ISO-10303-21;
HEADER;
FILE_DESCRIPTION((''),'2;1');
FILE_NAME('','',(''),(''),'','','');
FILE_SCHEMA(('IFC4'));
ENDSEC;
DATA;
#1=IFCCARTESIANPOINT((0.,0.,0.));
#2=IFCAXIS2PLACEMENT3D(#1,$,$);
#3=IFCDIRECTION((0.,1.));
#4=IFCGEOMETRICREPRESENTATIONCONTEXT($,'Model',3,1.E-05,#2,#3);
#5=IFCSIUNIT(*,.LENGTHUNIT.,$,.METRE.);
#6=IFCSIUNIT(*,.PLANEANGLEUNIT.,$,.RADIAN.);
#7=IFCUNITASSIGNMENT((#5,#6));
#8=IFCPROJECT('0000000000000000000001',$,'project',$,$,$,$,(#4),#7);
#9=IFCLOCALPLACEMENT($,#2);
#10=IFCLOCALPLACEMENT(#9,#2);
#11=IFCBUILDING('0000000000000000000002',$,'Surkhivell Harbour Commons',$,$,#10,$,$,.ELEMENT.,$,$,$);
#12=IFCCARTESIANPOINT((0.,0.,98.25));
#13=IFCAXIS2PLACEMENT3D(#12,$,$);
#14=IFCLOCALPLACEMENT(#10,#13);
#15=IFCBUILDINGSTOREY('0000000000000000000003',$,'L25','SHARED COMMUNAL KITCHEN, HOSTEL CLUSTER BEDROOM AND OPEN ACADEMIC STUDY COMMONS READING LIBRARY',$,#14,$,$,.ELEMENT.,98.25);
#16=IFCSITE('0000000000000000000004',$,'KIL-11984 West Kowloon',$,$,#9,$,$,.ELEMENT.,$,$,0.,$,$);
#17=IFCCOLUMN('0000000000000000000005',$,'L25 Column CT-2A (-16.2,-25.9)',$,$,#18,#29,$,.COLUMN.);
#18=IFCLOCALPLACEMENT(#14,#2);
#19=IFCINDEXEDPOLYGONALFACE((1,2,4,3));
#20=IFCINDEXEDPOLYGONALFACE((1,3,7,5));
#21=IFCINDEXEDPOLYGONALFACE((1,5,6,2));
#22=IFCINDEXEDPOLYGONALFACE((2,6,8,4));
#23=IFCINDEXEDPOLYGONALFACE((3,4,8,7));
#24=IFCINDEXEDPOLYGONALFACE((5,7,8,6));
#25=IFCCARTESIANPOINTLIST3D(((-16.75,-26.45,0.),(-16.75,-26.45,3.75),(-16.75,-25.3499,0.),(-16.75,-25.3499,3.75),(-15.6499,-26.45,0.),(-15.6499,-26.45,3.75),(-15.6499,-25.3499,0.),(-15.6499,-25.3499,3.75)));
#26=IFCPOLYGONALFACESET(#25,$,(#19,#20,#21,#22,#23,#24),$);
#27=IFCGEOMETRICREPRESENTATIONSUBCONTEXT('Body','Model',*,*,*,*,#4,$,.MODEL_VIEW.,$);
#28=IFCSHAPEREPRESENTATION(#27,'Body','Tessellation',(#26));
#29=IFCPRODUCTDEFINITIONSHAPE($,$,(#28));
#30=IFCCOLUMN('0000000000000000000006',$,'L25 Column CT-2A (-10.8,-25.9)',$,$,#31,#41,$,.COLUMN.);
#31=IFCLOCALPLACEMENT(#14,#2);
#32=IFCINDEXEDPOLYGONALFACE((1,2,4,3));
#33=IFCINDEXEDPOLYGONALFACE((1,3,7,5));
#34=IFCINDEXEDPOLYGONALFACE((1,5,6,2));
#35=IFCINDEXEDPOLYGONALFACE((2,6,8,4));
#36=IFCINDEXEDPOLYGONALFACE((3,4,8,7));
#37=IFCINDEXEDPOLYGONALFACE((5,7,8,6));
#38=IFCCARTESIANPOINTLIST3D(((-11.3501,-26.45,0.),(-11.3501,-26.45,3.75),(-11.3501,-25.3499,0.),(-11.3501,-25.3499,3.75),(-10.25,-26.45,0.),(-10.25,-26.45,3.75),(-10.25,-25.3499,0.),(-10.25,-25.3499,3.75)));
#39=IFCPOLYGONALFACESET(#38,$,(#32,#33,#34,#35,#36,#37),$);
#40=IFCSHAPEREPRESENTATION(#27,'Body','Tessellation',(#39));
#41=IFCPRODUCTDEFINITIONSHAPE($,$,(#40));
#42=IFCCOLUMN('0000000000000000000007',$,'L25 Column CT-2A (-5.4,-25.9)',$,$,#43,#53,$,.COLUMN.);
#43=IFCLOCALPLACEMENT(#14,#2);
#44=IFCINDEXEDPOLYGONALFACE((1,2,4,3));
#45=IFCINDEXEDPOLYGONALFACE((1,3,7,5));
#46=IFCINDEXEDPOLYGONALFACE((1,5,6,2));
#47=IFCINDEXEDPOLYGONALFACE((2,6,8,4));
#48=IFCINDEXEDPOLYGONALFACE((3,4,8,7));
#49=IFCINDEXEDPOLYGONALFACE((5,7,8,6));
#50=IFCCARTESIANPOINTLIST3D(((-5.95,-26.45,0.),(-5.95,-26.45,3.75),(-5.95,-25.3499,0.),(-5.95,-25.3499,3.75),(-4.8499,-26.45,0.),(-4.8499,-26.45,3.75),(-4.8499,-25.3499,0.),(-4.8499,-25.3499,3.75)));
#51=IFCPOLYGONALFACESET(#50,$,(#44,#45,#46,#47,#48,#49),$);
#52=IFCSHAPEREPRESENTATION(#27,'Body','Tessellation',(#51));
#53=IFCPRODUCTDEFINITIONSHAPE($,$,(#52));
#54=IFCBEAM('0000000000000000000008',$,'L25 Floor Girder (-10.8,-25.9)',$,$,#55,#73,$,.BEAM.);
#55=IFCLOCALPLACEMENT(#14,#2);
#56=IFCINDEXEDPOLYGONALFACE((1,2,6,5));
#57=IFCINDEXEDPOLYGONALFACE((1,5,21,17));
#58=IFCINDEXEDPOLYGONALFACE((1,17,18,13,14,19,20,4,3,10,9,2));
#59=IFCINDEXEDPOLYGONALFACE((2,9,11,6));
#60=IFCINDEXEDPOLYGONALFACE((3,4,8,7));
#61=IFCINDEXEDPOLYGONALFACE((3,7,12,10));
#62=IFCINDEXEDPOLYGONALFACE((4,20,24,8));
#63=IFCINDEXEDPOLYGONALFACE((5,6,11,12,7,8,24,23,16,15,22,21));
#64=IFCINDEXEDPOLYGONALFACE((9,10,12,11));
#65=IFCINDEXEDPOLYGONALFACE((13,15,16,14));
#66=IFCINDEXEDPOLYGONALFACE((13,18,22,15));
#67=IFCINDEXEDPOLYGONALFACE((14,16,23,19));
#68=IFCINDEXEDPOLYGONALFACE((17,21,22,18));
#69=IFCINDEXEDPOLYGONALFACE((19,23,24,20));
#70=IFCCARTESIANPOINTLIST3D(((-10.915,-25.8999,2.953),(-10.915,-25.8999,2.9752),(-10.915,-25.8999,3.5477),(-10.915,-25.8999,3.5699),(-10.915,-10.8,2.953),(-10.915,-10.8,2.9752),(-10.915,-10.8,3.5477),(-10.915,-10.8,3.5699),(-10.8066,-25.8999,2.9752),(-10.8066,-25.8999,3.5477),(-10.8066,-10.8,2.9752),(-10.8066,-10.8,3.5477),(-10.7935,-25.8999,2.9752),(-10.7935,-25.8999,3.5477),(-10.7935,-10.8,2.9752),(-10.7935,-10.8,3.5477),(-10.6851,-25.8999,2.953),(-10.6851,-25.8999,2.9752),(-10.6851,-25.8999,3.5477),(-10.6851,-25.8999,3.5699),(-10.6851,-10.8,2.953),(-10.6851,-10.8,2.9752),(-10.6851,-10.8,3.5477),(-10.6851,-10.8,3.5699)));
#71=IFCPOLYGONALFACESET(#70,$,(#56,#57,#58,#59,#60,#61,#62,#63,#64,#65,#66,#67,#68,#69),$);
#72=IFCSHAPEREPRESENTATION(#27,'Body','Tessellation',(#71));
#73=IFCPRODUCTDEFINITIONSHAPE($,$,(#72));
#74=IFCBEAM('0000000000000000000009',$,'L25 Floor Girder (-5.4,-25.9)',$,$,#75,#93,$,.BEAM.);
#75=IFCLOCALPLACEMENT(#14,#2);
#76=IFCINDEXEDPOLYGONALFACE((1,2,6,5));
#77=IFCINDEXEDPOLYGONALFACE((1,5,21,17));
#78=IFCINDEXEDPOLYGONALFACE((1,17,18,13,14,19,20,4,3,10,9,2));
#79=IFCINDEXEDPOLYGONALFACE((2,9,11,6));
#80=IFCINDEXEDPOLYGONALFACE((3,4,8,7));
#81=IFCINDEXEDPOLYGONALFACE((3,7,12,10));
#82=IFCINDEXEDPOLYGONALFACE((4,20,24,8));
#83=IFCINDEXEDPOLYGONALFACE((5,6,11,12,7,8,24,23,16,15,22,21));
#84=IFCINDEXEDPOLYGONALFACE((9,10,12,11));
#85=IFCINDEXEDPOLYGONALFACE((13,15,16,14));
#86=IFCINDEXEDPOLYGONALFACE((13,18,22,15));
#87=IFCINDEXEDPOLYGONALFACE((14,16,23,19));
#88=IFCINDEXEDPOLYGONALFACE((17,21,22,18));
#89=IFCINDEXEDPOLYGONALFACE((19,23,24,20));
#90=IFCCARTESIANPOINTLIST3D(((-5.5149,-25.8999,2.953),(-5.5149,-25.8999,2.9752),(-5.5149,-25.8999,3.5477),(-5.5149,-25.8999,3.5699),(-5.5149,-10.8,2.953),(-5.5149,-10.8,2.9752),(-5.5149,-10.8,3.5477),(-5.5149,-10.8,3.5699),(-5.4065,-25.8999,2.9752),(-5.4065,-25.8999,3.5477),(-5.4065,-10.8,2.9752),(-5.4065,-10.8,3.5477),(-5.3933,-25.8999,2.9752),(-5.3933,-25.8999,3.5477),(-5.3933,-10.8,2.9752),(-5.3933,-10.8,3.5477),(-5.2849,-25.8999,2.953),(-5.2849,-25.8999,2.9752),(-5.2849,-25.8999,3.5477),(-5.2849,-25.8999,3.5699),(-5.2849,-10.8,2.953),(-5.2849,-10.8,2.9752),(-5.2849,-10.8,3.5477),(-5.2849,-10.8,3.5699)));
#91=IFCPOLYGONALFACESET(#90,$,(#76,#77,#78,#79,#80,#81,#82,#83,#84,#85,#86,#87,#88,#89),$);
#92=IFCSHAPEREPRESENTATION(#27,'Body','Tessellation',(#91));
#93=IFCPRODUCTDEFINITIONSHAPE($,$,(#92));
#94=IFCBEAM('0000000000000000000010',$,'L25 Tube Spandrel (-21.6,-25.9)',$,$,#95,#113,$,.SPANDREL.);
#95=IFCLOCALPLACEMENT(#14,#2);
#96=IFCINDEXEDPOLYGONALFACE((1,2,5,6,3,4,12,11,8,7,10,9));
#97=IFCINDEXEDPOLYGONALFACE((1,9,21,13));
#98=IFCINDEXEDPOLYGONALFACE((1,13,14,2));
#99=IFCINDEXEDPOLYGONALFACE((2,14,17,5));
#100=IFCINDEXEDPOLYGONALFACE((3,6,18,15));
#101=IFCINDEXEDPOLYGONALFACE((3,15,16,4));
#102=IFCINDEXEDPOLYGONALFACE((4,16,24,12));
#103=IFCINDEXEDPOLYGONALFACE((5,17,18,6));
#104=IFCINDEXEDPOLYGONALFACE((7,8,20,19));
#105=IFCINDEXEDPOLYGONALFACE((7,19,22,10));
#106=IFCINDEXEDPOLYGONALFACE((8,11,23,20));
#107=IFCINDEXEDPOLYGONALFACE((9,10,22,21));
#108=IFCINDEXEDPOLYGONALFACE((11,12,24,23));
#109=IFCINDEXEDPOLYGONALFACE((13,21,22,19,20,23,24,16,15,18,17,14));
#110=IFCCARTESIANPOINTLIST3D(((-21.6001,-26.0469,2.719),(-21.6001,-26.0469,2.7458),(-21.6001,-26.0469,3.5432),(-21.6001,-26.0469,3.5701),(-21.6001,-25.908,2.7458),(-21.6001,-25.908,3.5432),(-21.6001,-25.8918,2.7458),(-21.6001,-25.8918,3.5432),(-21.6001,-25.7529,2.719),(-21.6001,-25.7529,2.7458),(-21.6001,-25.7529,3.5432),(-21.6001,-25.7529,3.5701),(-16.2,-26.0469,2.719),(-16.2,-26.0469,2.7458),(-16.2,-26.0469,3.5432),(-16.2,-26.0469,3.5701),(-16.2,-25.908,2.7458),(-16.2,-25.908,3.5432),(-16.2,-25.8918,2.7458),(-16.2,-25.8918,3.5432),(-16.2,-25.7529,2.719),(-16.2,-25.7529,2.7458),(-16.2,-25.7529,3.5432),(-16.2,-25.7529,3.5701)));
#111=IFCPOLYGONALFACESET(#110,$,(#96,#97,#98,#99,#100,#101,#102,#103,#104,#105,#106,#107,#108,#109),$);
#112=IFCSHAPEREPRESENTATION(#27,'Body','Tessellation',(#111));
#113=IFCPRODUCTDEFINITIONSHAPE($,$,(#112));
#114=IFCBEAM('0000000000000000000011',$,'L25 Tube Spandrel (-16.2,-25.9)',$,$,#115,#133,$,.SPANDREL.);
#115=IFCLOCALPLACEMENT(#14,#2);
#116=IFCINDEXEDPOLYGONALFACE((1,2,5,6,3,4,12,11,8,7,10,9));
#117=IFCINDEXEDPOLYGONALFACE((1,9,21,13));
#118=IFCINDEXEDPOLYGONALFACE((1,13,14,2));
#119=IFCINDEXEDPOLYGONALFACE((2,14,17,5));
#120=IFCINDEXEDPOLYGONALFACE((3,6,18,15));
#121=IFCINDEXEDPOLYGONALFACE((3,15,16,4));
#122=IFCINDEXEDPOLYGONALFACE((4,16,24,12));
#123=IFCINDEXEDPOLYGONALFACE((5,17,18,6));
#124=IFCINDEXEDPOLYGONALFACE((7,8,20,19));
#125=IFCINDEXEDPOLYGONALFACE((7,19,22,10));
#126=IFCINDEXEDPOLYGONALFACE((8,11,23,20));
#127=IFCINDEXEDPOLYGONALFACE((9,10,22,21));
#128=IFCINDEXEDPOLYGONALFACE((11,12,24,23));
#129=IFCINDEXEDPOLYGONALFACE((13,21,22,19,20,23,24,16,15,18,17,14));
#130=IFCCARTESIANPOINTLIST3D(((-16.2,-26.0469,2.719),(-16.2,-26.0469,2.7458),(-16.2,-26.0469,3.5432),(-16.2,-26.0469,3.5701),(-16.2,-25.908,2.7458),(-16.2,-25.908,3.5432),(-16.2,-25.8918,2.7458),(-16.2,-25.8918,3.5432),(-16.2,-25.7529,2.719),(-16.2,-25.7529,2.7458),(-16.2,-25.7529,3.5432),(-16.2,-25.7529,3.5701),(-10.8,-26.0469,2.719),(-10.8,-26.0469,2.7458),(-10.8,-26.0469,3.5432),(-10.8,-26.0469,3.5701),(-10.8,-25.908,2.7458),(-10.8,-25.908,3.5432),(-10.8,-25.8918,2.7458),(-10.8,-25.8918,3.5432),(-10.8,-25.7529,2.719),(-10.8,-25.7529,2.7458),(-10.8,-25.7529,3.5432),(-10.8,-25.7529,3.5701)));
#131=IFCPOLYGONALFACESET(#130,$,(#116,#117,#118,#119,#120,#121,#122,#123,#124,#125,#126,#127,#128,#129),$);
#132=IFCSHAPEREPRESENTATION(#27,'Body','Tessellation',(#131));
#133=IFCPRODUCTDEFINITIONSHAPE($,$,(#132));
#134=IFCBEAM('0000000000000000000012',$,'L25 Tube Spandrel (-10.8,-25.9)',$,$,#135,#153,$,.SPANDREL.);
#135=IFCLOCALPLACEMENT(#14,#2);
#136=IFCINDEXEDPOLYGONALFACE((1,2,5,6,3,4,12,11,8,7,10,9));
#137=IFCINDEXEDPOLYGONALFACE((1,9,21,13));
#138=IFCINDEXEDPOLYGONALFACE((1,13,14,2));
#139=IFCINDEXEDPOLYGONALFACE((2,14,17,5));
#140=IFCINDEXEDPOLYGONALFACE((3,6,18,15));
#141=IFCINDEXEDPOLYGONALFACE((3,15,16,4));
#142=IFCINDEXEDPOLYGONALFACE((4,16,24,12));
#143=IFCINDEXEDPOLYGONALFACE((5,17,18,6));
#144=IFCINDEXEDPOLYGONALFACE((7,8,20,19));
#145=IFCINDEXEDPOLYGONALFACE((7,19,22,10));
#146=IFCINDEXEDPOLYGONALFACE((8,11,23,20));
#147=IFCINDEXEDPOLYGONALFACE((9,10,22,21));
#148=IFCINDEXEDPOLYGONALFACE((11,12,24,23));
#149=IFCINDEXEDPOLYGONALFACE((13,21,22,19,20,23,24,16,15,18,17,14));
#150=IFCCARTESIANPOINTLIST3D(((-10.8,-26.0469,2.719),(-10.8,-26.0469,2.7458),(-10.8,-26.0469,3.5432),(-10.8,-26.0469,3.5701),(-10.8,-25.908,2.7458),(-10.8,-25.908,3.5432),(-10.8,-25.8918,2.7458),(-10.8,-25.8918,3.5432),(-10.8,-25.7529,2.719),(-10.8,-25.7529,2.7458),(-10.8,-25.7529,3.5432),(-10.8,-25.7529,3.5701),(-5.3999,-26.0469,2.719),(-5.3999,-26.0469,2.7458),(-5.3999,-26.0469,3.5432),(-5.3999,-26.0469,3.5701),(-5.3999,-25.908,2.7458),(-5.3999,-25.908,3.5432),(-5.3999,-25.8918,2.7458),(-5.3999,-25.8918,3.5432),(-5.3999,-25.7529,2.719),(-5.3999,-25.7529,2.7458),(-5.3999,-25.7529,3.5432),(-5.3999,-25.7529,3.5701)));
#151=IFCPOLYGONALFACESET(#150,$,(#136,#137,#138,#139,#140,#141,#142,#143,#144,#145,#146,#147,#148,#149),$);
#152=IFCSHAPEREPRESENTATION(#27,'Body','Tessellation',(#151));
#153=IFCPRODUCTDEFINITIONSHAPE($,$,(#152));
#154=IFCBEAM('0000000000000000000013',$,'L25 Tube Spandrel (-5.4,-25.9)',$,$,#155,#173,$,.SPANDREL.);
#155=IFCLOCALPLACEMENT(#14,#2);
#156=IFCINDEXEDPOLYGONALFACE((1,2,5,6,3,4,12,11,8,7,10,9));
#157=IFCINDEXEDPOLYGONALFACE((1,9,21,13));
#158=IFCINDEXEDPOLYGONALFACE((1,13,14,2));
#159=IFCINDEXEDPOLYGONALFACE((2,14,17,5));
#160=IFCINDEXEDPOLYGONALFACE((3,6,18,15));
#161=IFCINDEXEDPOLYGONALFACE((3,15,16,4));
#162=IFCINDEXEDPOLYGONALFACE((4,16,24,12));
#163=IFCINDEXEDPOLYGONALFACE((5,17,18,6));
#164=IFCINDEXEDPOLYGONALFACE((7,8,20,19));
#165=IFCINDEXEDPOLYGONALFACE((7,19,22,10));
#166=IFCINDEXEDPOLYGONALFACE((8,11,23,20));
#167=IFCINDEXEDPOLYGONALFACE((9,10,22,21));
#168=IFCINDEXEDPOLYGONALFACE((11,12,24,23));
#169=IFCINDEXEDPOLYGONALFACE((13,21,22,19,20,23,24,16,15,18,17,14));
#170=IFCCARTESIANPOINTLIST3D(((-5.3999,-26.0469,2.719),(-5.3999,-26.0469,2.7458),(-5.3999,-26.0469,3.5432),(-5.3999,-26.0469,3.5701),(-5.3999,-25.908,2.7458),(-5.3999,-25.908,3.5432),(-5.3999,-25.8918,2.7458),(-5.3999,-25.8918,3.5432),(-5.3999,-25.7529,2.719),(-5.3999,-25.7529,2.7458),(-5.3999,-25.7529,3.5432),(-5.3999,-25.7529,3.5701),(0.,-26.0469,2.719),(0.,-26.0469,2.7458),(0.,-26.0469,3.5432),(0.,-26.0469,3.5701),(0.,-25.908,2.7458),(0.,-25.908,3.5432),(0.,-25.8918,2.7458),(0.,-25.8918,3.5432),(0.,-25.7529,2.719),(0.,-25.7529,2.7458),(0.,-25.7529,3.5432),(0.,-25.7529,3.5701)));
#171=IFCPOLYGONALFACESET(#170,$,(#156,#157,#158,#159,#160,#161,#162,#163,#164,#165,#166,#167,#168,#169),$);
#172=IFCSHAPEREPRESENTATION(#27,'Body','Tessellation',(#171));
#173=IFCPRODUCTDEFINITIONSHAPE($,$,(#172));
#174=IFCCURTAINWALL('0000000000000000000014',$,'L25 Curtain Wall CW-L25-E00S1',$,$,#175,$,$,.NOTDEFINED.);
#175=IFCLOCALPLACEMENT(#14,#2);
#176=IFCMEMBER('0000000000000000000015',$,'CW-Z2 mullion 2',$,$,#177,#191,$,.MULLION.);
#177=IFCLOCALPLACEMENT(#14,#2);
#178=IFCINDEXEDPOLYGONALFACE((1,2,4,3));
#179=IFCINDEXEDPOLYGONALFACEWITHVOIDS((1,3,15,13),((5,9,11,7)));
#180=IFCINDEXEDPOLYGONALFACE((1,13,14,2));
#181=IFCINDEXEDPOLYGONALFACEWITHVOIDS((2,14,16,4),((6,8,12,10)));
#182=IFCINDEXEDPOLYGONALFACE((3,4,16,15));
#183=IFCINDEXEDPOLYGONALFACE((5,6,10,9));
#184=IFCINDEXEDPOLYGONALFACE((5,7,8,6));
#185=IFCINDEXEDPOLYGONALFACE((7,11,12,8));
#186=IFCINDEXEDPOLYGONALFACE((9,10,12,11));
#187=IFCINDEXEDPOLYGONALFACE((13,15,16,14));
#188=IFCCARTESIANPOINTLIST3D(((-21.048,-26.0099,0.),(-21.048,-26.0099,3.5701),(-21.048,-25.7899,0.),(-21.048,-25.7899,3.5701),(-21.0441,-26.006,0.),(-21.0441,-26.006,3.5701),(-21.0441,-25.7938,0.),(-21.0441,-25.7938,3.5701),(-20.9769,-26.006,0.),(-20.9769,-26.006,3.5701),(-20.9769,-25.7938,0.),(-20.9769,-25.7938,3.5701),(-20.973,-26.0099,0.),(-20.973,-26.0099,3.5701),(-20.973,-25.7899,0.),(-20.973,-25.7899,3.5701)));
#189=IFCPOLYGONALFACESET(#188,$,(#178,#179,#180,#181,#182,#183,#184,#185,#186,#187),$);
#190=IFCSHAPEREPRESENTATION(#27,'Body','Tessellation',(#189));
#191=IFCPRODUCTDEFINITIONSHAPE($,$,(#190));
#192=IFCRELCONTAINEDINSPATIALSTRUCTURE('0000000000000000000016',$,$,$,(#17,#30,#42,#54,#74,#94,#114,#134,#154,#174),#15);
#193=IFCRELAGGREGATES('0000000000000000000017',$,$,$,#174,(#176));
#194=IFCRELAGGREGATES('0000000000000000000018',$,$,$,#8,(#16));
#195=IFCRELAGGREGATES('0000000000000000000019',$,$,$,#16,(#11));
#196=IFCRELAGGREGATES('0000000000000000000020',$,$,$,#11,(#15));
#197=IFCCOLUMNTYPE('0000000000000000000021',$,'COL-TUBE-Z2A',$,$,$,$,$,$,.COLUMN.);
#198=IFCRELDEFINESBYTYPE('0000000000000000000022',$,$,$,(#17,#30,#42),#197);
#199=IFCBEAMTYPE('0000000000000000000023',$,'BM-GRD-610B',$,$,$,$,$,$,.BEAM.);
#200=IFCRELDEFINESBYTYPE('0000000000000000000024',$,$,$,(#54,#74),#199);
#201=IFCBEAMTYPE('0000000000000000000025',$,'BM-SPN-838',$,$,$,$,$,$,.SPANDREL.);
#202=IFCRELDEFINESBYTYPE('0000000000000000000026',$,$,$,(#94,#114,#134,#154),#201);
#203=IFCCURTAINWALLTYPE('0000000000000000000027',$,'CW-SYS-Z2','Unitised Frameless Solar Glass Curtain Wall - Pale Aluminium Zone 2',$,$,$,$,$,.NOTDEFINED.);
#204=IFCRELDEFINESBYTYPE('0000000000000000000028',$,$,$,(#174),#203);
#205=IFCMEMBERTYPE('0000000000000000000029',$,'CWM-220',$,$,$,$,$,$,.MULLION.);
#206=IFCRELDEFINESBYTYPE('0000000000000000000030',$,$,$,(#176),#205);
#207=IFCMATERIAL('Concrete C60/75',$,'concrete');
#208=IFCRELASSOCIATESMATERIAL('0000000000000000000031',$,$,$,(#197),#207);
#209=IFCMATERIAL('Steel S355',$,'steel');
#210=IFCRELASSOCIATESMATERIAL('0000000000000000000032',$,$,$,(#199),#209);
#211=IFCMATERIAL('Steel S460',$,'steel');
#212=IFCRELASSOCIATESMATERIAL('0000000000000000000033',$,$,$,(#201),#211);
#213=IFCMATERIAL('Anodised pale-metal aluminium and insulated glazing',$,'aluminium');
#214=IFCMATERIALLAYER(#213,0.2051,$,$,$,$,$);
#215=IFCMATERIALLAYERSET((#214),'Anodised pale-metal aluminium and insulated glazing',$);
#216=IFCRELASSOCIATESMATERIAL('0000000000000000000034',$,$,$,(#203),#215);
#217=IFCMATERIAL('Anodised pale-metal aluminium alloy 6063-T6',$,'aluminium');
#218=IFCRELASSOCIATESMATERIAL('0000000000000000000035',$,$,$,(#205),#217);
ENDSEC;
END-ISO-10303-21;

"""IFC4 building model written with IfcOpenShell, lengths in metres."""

from ifc_helpers import new_model, si_unit, direction, frame, origin, origin_2d, place, context, subcontext, project, spatial, rectangle, hollow_rectangle, i_section, extrude, material, layer, layer_set, material_profile, profile_set, type_object, element, aggregate, save


model = new_model("IFC4")

# Units and contexts
model_context = context("Model", 3, precision=1e-05, world=origin(), true_north=direction((0.0, 1.0)))
body_context = subcontext(model_context, "Body", "Model", "MODEL_VIEW")
ifc_project = project(units=[si_unit("LENGTHUNIT", "METRE"), si_unit("PLANEANGLEUNIT", "RADIAN")], contexts=[model_context])

# Site, building, storey
site_placement = place(None, origin())
site = spatial("IfcSite", under=ifc_project, at=site_placement, Name="KIL-11984 West Kowloon", CompositionType="ELEMENT", RefElevation=0.0)
building_placement = place(site_placement, origin())
building = spatial("IfcBuilding", under=site, at=building_placement, Name="Surkhivell Harbour Commons", CompositionType="ELEMENT")
storey_placement = place(building_placement, frame((0.0, 0.0, 98.25)))
storey = spatial("IfcBuildingStorey", under=building, at=storey_placement, Name="L25", Description="SHARED COMMUNAL KITCHEN, HOSTEL CLUSTER BEDROOM AND OPEN ACADEMIC STUDY COMMONS READING LIBRARY", CompositionType="ELEMENT", Elevation=98.25)

# Columns
ifc_material_1 = material(Name="Concrete C60/75", Category="concrete")
ifc_material_profile_1 = material_profile(ifc_material_1, rectangle(XDim=1.1001, YDim=1.1001, at=origin_2d()), Name="RC-COL-1100x1100")
ifc_profile_set_1 = profile_set([ifc_material_profile_1], Name="Concrete C60/75")
column_type = type_object("IfcColumnType", Name="COL-TUBE-Z2A", PredefinedType="COLUMN", material=ifc_profile_set_1)
for number, where, z_axis, x_axis, name in (
    (1, (-16.2, -25.8999, 0.0), (0.0, 0.0, 1.0), (1.0, 0.0, 0.0), "L25 Column CT-2A (-16.2,-25.9)"),
    (2, (-10.8, -25.8999, 0.0), (0.0, 0.0, 1.0), (1.0, 0.0, 0.0), "L25 Column CT-2A (-10.8,-25.9)"),
    (3, (-5.3999, -25.8999, 0.0), (0.0, 0.0, 1.0), (1.0, 0.0, 0.0), "L25 Column CT-2A (-5.4,-25.9)"),
):
    element("IfcColumn", number, at=place(storey_placement, frame(where, z_axis=z_axis, x_axis=x_axis)), inside=storey, type_object=column_type, Name=name, PredefinedType="COLUMN", context=body_context, shape_type="SweptSolid", body=[
        extrude(rectangle(XDim=1.1001, YDim=1.1001, at=origin_2d()), origin(), (0.0, 0.0, 1.0), 3.75),
    ])

# Beams
ifc_material_2 = material(Name="Steel S355", Category="steel")
ifc_material_profile_2 = material_profile(ifc_material_2, i_section(OverallWidth=0.23, OverallDepth=0.6169, WebThickness=0.0132, FlangeThickness=0.0222, at=origin_2d()), Name="UB610x229x140")
ifc_profile_set_2 = profile_set([ifc_material_profile_2], Name="Steel S355")
beam_type_1 = type_object("IfcBeamType", Name="BM-GRD-610B", PredefinedType="BEAM", material=ifc_profile_set_2)
for number, where, z_axis, x_axis, name in (
    (4, (-10.8, -25.8999, 3.2615), (0.0, 1.0, 0.0), (-1.0, 0.0, 0.0), "L25 Floor Girder (-10.8,-25.9)"),
    (5, (-5.3999, -25.8999, 3.2615), (0.0, 1.0, 0.0), (-1.0, 0.0, 0.0), "L25 Floor Girder (-5.4,-25.9)"),
):
    element("IfcBeam", number, at=place(storey_placement, frame(where, z_axis=z_axis, x_axis=x_axis)), inside=storey, type_object=beam_type_1, Name=name, PredefinedType="BEAM", context=body_context, shape_type="SweptSolid", body=[
        extrude(i_section(OverallWidth=0.23, OverallDepth=0.6169, WebThickness=0.0132, FlangeThickness=0.0222, at=origin_2d()), origin(), (0.0, 0.0, 1.0), 15.0999),
    ])
ifc_material_3 = material(Name="Steel S460", Category="steel")
ifc_material_profile_3 = material_profile(ifc_material_3, i_section(OverallWidth=0.2939, OverallDepth=0.8511, WebThickness=0.0161, FlangeThickness=0.0269, at=origin_2d()), Name="UB838x292x226")
ifc_profile_set_3 = profile_set([ifc_material_profile_3], Name="Steel S460")
beam_type_2 = type_object("IfcBeamType", Name="BM-SPN-838", PredefinedType="SPANDREL", material=ifc_profile_set_3)
beam_1_placement = place(storey_placement, frame((-21.6001, -25.8999, 3.1445), z_axis=(1.0, 0.0, 0.0), x_axis=(0.0, 1.0, 0.0)))
element("IfcBeam", 6, at=beam_1_placement, inside=storey, type_object=beam_type_2, Name="L25 Tube Spandrel (-21.6,-25.9)", PredefinedType="SPANDREL", context=body_context, shape_type="SweptSolid", body=[
    extrude(i_section(OverallWidth=0.2939, OverallDepth=0.8511, WebThickness=0.0161, FlangeThickness=0.0269, at=origin_2d()), origin(), (0.0, 0.0, 1.0), 5.4001),
])
beam_2_placement = place(storey_placement, frame((-16.2, -25.8999, 3.1445), z_axis=(1.0, 0.0, 0.0), x_axis=(0.0, 1.0, 0.0)))
element("IfcBeam", 7, at=beam_2_placement, inside=storey, type_object=beam_type_2, Name="L25 Tube Spandrel (-16.2,-25.9)", PredefinedType="SPANDREL", context=body_context, shape_type="SweptSolid", body=[
    extrude(i_section(OverallWidth=0.2939, OverallDepth=0.8511, WebThickness=0.0161, FlangeThickness=0.0269, at=origin_2d()), origin(), (0.0, 0.0, 1.0), 5.3999),
])
beam_3_placement = place(storey_placement, frame((-10.8, -25.8999, 3.1445), z_axis=(1.0, 0.0, 0.0), x_axis=(0.0, 1.0, 0.0)))
element("IfcBeam", 8, at=beam_3_placement, inside=storey, type_object=beam_type_2, Name="L25 Tube Spandrel (-10.8,-25.9)", PredefinedType="SPANDREL", context=body_context, shape_type="SweptSolid", body=[
    extrude(i_section(OverallWidth=0.2939, OverallDepth=0.8511, WebThickness=0.0161, FlangeThickness=0.0269, at=origin_2d()), origin(), (0.0, 0.0, 1.0), 5.4001),
])
beam_4_placement = place(storey_placement, frame((-5.3999, -25.8999, 3.1445), z_axis=(1.0, 0.0, 0.0), x_axis=(0.0, 1.0, 0.0)))
element("IfcBeam", 9, at=beam_4_placement, inside=storey, type_object=beam_type_2, Name="L25 Tube Spandrel (-5.4,-25.9)", PredefinedType="SPANDREL", context=body_context, shape_type="SweptSolid", body=[
    extrude(i_section(OverallWidth=0.2939, OverallDepth=0.8511, WebThickness=0.0161, FlangeThickness=0.0269, at=origin_2d()), origin(), (0.0, 0.0, 1.0), 5.3999),
])

# Curtain wall, member
ifc_material_4 = material(Name="Anodised pale-metal aluminium and insulated glazing", Category="aluminium")
ifc_layer_1 = layer(ifc_material_4, 0.2051)
ifc_layer_set_1 = layer_set([ifc_layer_1], Name="Anodised pale-metal aluminium and insulated glazing")
curtain_wall_type = type_object("IfcCurtainWallType", Name="CW-SYS-Z2", Description="Unitised Frameless Solar Glass Curtain Wall - Pale Aluminium Zone 2", PredefinedType="NOTDEFINED", material=ifc_layer_set_1)
curtain_wall_placement = place(storey_placement, origin())
curtain_wall = element("IfcCurtainWall", 10, at=curtain_wall_placement, inside=storey, type_object=curtain_wall_type, Name="L25 Curtain Wall CW-L25-E00S1", PredefinedType="NOTDEFINED")
ifc_material_5 = material(Name="Anodised pale-metal aluminium alloy 6063-T6", Category="aluminium")
ifc_material_profile_4 = material_profile(ifc_material_5, hollow_rectangle(XDim=0.075, YDim=0.22, WallThickness=0.0039, at=origin_2d()), Name="ALU-MULL-75x220")
ifc_profile_set_4 = profile_set([ifc_material_profile_4], Name="Anodised pale-metal aluminium alloy 6063-T6")
member_type_1 = type_object("IfcMemberType", Name="CWM-220", PredefinedType="MULLION", material=ifc_profile_set_4)
member_1_placement = place(storey_placement, frame((-21.0105, -25.8999, 0.0), z_axis=(0.0, 0.0, 1.0), x_axis=(1.0, 0.0, 0.0)))
member_1 = element("IfcMember", 11, at=member_1_placement, type_object=member_type_1, Name="CW-Z2 mullion 2", PredefinedType="MULLION", context=body_context, shape_type="SweptSolid", body=[
    extrude(hollow_rectangle(XDim=0.075, YDim=0.22, WallThickness=0.0039, at=origin_2d()), origin(), (0.0, 0.0, 1.0), 3.5701),
])

aggregate(curtain_wall, [member_1])

save(model, "model.ifc")
